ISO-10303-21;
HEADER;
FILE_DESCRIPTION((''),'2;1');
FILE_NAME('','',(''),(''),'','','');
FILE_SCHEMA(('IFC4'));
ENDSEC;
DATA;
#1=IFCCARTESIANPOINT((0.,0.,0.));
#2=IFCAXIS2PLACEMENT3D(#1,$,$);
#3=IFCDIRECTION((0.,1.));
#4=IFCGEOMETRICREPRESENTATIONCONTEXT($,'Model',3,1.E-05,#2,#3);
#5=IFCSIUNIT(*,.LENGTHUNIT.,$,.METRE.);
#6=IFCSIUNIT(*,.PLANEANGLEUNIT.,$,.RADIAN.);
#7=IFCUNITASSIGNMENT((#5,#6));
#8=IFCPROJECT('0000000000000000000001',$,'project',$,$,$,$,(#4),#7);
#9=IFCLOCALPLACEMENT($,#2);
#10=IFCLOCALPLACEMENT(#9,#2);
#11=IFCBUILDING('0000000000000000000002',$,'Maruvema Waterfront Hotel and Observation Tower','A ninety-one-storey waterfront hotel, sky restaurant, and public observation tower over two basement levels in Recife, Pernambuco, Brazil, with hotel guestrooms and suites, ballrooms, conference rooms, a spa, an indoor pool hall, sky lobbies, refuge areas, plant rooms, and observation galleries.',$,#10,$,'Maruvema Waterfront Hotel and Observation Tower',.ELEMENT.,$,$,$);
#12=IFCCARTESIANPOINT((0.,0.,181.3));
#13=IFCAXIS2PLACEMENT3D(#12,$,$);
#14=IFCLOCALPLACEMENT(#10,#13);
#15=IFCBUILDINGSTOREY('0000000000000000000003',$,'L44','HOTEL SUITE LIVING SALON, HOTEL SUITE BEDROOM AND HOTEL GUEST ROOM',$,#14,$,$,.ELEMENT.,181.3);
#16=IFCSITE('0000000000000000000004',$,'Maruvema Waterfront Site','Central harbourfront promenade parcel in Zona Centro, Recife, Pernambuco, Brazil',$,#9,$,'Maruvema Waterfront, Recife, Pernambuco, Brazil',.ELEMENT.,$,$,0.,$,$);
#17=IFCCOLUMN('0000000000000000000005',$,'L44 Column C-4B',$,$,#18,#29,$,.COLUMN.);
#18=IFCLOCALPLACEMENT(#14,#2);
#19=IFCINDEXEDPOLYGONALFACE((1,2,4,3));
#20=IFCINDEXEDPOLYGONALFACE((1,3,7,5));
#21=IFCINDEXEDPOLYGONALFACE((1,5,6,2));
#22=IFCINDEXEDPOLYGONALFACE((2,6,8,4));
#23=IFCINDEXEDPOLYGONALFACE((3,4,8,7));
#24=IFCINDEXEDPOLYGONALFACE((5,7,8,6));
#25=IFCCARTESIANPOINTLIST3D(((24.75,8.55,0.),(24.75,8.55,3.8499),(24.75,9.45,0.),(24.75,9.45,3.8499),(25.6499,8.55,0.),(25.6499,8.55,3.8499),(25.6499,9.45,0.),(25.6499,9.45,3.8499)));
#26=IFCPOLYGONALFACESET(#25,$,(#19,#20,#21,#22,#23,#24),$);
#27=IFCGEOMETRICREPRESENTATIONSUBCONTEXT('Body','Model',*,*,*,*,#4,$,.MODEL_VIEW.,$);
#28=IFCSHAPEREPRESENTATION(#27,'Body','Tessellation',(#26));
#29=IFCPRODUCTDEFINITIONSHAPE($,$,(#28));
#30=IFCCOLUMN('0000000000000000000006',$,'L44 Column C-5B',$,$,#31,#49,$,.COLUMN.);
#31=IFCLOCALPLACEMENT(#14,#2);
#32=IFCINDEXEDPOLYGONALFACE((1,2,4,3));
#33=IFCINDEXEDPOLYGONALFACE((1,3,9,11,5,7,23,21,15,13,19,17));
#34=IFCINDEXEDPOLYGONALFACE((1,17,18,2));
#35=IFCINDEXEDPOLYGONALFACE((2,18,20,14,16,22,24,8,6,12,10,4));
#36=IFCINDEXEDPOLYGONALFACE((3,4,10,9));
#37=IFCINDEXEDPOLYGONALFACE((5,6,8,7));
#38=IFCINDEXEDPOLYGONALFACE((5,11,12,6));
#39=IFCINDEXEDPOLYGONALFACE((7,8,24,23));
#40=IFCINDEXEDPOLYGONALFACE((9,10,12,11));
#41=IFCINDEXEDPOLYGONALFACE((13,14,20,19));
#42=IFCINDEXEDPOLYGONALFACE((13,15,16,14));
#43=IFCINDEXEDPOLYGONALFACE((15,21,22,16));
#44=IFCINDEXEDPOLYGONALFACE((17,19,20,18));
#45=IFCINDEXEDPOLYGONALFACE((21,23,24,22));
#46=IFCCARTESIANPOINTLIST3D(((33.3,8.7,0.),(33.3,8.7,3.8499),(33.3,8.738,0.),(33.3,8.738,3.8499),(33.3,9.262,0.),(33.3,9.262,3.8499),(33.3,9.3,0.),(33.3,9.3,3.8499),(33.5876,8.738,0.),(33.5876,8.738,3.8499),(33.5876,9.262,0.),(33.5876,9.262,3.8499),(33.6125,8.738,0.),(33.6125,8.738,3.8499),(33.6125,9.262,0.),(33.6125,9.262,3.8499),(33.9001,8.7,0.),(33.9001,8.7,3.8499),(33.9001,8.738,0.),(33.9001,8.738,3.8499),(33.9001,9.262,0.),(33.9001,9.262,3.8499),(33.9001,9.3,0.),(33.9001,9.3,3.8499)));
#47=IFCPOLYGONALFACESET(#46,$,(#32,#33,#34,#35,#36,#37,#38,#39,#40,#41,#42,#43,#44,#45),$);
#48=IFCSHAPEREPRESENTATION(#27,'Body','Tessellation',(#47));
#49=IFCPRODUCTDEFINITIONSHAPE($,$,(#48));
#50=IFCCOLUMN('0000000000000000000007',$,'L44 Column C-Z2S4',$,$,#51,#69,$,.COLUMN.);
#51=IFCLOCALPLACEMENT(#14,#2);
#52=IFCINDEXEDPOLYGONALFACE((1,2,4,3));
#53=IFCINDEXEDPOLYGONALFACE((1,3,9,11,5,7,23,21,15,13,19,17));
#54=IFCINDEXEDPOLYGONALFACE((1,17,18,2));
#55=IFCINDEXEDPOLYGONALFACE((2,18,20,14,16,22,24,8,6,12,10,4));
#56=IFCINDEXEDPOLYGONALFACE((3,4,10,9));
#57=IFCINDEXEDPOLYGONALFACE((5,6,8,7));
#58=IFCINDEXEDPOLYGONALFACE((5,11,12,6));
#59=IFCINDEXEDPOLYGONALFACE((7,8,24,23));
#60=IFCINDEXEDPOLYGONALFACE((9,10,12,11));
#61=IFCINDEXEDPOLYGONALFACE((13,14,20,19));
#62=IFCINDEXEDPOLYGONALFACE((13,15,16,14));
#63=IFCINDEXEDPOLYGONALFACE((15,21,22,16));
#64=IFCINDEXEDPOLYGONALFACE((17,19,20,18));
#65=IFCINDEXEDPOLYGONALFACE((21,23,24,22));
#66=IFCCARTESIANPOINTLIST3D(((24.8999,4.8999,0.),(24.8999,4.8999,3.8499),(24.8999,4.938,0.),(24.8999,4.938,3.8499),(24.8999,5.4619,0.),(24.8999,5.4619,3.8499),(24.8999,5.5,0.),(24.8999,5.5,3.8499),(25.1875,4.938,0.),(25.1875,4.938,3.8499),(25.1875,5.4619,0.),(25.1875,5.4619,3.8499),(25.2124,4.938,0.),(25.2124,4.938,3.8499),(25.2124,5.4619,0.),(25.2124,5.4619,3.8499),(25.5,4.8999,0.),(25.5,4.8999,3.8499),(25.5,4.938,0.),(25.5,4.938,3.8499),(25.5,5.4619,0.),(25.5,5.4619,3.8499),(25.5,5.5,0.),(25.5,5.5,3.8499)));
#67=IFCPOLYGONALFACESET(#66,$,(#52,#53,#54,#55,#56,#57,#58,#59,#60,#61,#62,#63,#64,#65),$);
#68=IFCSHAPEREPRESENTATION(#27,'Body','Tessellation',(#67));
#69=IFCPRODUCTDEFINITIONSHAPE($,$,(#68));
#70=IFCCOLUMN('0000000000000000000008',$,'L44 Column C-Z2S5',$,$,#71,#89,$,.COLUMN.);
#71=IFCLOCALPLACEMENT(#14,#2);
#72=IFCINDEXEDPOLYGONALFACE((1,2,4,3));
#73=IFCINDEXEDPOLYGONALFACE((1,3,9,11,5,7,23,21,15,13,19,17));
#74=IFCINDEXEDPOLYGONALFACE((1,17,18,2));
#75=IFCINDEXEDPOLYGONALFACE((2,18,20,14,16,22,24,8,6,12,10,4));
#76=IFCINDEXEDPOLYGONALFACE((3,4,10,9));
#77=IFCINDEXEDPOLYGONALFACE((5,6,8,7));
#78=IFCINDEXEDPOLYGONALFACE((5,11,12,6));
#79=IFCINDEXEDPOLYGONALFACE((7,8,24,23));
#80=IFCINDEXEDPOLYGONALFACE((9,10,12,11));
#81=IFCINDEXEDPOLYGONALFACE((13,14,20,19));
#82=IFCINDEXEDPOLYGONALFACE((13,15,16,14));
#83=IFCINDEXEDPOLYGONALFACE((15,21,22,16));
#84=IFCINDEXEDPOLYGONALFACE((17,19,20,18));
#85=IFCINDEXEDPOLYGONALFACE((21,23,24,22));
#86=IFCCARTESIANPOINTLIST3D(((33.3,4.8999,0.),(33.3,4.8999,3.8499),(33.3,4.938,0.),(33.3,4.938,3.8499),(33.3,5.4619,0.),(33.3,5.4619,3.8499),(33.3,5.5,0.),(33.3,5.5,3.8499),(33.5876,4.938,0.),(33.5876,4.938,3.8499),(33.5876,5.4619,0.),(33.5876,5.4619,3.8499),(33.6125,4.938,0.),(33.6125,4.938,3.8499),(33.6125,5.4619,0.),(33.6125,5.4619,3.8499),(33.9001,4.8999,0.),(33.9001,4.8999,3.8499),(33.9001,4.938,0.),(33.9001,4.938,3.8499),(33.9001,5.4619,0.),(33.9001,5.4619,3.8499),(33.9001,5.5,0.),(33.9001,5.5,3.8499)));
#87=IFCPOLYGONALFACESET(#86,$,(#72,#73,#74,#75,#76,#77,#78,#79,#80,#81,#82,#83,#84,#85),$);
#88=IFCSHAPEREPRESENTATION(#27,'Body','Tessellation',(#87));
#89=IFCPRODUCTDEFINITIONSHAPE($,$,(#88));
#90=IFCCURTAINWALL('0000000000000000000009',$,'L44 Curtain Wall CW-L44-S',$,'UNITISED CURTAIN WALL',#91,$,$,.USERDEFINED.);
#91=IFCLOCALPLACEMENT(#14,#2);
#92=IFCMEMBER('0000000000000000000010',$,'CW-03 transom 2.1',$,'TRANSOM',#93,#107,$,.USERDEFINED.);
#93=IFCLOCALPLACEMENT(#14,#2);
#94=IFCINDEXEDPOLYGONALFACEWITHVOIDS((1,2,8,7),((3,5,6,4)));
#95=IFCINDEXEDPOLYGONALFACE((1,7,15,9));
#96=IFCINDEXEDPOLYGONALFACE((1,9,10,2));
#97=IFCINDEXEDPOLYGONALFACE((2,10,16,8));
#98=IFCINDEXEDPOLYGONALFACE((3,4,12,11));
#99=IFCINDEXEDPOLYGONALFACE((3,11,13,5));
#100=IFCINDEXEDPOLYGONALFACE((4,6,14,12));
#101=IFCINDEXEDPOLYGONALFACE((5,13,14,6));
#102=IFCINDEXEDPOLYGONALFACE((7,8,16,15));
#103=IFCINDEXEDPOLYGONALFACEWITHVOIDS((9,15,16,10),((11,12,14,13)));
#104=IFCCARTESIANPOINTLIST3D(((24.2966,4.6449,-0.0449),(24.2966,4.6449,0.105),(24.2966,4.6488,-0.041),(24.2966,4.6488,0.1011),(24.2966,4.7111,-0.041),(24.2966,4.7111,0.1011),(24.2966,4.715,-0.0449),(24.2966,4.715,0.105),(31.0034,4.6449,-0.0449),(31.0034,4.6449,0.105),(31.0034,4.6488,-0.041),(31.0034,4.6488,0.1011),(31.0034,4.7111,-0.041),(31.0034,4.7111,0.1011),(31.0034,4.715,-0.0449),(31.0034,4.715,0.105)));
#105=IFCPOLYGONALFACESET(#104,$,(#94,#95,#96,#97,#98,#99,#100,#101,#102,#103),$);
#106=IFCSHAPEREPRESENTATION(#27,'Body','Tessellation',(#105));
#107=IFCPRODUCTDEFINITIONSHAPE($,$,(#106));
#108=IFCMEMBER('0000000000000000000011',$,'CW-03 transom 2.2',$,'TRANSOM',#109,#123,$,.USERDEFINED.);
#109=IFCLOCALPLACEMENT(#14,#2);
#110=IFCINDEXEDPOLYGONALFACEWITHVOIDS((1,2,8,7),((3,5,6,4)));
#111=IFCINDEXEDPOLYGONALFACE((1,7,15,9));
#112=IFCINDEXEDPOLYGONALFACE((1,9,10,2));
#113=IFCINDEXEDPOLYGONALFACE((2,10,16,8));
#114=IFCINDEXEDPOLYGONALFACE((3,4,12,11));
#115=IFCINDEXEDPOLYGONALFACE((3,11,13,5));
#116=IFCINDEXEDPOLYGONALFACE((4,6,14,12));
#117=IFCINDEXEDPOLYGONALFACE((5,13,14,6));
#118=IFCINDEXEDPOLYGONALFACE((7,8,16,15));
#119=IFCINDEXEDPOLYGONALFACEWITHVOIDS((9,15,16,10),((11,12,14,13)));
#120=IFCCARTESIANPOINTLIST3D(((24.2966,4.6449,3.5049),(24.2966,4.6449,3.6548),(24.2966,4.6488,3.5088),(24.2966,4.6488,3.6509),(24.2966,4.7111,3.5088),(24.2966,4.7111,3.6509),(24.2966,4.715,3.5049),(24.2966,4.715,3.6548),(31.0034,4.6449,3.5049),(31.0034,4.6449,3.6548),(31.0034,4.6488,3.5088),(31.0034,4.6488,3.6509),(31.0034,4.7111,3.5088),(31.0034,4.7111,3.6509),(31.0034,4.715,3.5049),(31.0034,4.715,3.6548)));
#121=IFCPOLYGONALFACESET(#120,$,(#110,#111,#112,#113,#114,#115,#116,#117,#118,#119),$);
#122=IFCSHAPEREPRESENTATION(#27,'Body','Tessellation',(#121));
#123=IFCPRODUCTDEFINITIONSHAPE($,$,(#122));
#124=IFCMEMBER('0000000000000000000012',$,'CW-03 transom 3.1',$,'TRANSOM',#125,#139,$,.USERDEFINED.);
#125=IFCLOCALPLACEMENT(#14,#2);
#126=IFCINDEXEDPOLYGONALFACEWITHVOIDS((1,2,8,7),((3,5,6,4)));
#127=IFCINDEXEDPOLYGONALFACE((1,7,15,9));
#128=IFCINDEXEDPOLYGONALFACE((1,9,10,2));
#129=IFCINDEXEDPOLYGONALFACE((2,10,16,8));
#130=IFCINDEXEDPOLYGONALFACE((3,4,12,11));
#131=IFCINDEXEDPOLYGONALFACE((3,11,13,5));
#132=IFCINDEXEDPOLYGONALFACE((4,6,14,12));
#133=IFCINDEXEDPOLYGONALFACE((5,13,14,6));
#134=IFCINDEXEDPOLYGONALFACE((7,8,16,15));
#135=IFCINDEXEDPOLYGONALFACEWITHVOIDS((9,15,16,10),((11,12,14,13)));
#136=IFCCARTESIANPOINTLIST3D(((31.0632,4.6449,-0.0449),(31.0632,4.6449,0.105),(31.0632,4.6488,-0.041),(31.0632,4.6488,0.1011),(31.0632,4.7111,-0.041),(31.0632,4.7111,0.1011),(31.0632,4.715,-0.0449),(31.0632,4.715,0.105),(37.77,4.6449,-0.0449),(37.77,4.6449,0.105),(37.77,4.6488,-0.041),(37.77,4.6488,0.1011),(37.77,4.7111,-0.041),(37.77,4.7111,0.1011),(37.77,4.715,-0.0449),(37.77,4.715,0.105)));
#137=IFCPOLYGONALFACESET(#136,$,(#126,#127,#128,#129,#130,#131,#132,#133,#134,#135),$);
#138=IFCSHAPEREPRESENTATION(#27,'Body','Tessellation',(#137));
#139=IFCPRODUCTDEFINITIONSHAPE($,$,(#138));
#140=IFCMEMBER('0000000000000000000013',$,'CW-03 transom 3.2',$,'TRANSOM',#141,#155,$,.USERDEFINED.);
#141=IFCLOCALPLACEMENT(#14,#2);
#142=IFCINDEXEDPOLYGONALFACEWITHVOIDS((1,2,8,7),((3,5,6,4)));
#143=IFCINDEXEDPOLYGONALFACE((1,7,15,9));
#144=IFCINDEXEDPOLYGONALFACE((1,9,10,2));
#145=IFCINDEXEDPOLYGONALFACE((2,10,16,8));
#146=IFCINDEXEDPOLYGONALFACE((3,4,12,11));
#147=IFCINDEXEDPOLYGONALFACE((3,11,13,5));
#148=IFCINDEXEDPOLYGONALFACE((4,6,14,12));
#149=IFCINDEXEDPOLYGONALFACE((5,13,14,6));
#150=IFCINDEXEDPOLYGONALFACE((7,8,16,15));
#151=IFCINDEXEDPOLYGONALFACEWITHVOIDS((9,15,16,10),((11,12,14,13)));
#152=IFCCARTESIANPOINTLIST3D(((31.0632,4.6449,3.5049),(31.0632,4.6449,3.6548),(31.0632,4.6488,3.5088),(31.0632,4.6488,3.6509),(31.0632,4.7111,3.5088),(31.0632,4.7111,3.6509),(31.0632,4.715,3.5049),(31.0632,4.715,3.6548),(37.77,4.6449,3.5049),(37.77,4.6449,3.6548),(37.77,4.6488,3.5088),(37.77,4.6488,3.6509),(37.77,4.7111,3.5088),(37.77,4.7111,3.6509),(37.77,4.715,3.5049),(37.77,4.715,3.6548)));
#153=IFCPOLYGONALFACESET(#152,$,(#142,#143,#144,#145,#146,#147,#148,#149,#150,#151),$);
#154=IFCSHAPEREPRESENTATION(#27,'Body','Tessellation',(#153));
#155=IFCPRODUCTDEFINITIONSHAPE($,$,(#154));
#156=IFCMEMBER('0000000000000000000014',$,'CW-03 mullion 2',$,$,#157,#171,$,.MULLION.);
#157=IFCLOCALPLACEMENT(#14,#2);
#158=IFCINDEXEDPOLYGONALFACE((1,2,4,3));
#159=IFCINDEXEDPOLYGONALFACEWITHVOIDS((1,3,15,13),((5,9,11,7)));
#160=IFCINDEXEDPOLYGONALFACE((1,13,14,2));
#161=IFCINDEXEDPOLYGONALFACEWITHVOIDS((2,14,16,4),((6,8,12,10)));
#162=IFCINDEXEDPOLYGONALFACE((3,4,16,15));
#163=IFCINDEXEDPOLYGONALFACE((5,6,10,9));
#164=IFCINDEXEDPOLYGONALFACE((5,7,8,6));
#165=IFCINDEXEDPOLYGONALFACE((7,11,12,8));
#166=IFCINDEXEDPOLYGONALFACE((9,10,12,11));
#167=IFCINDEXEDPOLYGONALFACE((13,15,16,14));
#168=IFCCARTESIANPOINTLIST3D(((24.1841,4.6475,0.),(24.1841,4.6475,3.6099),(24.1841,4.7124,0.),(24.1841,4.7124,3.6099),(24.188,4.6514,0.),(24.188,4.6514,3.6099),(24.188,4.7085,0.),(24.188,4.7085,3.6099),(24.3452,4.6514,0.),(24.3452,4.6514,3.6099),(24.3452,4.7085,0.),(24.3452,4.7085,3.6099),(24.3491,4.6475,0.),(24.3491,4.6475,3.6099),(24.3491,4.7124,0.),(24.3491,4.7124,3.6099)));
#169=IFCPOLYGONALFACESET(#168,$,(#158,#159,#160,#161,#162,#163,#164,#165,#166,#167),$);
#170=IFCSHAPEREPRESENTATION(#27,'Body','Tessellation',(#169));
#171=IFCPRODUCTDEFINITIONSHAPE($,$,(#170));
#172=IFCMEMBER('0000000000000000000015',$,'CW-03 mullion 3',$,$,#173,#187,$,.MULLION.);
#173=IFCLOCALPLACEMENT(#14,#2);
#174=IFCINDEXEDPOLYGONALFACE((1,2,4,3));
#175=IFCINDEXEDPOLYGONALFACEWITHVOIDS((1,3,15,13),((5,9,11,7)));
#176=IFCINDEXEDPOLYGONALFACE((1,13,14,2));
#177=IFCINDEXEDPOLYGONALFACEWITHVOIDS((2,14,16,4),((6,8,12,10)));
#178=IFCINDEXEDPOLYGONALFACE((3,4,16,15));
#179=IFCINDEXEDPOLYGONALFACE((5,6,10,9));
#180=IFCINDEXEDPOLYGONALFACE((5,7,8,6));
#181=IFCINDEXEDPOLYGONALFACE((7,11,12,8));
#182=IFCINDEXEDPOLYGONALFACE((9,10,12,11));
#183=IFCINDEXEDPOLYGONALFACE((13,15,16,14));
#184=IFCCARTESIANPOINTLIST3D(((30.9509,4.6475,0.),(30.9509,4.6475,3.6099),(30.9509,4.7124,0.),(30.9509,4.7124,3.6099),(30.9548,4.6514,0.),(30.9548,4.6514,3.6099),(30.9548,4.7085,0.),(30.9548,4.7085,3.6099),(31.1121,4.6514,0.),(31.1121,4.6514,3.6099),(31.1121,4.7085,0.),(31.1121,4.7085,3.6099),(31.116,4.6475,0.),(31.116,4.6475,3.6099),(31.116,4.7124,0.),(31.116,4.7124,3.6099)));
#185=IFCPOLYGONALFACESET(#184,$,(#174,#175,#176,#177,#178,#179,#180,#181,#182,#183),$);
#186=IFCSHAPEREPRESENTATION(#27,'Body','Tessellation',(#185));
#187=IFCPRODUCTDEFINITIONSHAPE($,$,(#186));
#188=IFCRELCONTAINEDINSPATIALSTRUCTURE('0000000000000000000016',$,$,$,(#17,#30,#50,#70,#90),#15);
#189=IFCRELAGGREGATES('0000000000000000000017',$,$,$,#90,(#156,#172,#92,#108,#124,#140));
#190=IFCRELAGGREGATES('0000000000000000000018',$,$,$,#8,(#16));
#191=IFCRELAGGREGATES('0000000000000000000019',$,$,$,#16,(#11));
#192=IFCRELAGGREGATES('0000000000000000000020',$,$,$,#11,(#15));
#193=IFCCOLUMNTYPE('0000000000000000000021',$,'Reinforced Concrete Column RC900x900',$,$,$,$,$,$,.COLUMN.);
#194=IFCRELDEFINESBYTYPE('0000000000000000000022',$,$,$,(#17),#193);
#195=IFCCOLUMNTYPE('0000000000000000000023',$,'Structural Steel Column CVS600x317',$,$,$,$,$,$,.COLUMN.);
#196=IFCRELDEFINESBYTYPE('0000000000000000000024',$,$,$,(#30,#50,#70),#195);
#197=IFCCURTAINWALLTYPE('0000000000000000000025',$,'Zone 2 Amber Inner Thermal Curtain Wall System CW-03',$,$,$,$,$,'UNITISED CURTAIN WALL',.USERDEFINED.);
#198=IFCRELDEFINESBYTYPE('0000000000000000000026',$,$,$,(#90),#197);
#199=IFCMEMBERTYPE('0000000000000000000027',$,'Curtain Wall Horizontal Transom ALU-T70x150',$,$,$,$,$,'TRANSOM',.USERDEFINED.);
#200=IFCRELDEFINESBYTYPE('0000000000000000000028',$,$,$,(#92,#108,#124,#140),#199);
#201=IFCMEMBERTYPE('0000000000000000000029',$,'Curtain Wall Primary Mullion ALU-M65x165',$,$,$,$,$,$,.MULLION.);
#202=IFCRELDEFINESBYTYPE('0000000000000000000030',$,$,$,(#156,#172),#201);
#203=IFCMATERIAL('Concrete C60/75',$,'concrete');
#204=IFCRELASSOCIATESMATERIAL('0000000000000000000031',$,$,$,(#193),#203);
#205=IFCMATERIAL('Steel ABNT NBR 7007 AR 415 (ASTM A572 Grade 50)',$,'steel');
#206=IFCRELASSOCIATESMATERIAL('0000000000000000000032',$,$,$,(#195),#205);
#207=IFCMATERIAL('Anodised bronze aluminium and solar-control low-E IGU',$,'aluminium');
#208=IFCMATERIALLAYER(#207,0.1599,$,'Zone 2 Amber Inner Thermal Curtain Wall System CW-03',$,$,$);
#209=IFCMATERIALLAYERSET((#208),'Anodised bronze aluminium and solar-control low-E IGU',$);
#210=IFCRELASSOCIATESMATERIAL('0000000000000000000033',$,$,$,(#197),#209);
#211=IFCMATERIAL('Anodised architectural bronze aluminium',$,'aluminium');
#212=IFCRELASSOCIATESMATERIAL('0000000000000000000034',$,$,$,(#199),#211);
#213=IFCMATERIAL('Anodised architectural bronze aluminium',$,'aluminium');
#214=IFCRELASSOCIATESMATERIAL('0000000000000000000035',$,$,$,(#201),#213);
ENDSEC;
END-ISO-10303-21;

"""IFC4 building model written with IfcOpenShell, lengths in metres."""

from ifc_helpers import new_model, si_unit, direction, frame, origin, origin_2d, place, context, subcontext, project, spatial, rectangle, hollow_rectangle, i_section, extrude, material, layer, layer_set, material_profile, profile_set, type_object, element, aggregate, save


model = new_model("IFC4")

# Units and contexts
model_context = context("Model", 3, precision=1e-05, world=origin(), true_north=direction((0.0, 1.0)))
body_context = subcontext(model_context, "Body", "Model", "MODEL_VIEW")
ifc_project = project(units=[si_unit("LENGTHUNIT", "METRE"), si_unit("PLANEANGLEUNIT", "RADIAN")], contexts=[model_context])

# Site, building, storey
site_placement = place(None, origin())
site = spatial("IfcSite", under=ifc_project, at=site_placement, Name="Maruvema Waterfront Site", Description="Central harbourfront promenade parcel in Zona Centro, Recife, Pernambuco, Brazil", LongName="Maruvema Waterfront, Recife, Pernambuco, Brazil", CompositionType="ELEMENT", RefElevation=0.0)
building_placement = place(site_placement, origin())
building = spatial("IfcBuilding", under=site, at=building_placement, Name="Maruvema Waterfront Hotel and Observation Tower", Description="A ninety-one-storey waterfront hotel, sky restaurant, and public observation tower over two basement levels in Recife, Pernambuco, Brazil, with hotel guestrooms and suites, ballrooms, conference rooms, a spa, an indoor pool hall, sky lobbies, refuge areas, plant rooms, and observation galleries.", LongName="Maruvema Waterfront Hotel and Observation Tower", CompositionType="ELEMENT")
storey_placement = place(building_placement, frame((0.0, 0.0, 181.3)))
storey = spatial("IfcBuildingStorey", under=building, at=storey_placement, Name="L44", Description="HOTEL SUITE LIVING SALON, HOTEL SUITE BEDROOM AND HOTEL GUEST ROOM", CompositionType="ELEMENT", Elevation=181.3)

# Columns
ifc_material_1 = material(Name="Concrete C60/75", Category="concrete")
ifc_material_profile_1 = material_profile(ifc_material_1, rectangle(XDim=0.8999, YDim=0.8999, at=origin_2d()), Name="RC900x900")
ifc_profile_set_1 = profile_set([ifc_material_profile_1], Name="Concrete C60/75")
column_type_1 = type_object("IfcColumnType", Name="Reinforced Concrete Column RC900x900", PredefinedType="COLUMN", material=ifc_profile_set_1)
column_placement = place(storey_placement, frame((25.2, 9.0, 0.0), z_axis=(0.0, 0.0, 1.0), x_axis=(1.0, 0.0, 0.0)))
element("IfcColumn", 1, at=column_placement, inside=storey, type_object=column_type_1, Name="L44 Column C-4B", PredefinedType="COLUMN", context=body_context, shape_type="SweptSolid", body=[
    extrude(rectangle(XDim=0.8999, YDim=0.8999, at=origin_2d()), origin(), (0.0, 0.0, 1.0), 3.8499),
])
ifc_material_2 = material(Name="Steel ABNT NBR 7007 AR 415 (ASTM A572 Grade 50)", Category="steel")
ifc_material_profile_2 = material_profile(ifc_material_2, i_section(OverallWidth=0.6001, OverallDepth=0.6001, WebThickness=0.0249, FlangeThickness=0.0381, at=origin_2d()), Name="CVS600x317")
ifc_profile_set_2 = profile_set([ifc_material_profile_2], Name="Steel ABNT NBR 7007 AR 415 (ASTM A572 Grade 50)")
column_type_2 = type_object("IfcColumnType", Name="Structural Steel Column CVS600x317", PredefinedType="COLUMN", material=ifc_profile_set_2)
for number, where, z_axis, x_axis, name in (
    (2, (33.6001, 9.0, 0.0), (0.0, 0.0, 1.0), (1.0, 0.0, 0.0), "L44 Column C-5B"),
    (3, (25.2, 5.2, 0.0), (0.0, 0.0, 1.0), (1.0, 0.0, 0.0), "L44 Column C-Z2S4"),
    (4, (33.6001, 5.2, 0.0), (0.0, 0.0, 1.0), (1.0, 0.0, 0.0), "L44 Column C-Z2S5"),
):
    element("IfcColumn", number, at=place(storey_placement, frame(where, z_axis=z_axis, x_axis=x_axis)), inside=storey, type_object=column_type_2, Name=name, PredefinedType="COLUMN", context=body_context, shape_type="SweptSolid", body=[
        extrude(i_section(OverallWidth=0.6001, OverallDepth=0.6001, WebThickness=0.0249, FlangeThickness=0.0381, at=origin_2d()), origin(), (0.0, 0.0, 1.0), 3.8499),
    ])

# Curtain wall, members
ifc_material_3 = material(Name="Anodised bronze aluminium and solar-control low-E IGU", Category="aluminium")
ifc_layer_1 = layer(ifc_material_3, 0.1599, Name="Zone 2 Amber Inner Thermal Curtain Wall System CW-03")
ifc_layer_set_1 = layer_set([ifc_layer_1], Name="Anodised bronze aluminium and solar-control low-E IGU")
curtain_wall_type = type_object("IfcCurtainWallType", Name="Zone 2 Amber Inner Thermal Curtain Wall System CW-03", ElementType="UNITISED CURTAIN WALL", PredefinedType="USERDEFINED", material=ifc_layer_set_1)
curtain_wall_placement = place(storey_placement, origin())
curtain_wall = element("IfcCurtainWall", 5, at=curtain_wall_placement, inside=storey, type_object=curtain_wall_type, Name="L44 Curtain Wall CW-L44-S", ObjectType="UNITISED CURTAIN WALL", PredefinedType="USERDEFINED")
ifc_material_4 = material(Name="Anodised architectural bronze aluminium", Category="aluminium")
ifc_material_profile_3 = material_profile(ifc_material_4, hollow_rectangle(XDim=0.0701, YDim=0.1499, WallThickness=0.0039, at=origin_2d()), Name="ALU-T70x150")
ifc_profile_set_3 = profile_set([ifc_material_profile_3], Name="Anodised architectural bronze aluminium")
member_type_1 = type_object("IfcMemberType", Name="Curtain Wall Horizontal Transom ALU-T70x150", ElementType="TRANSOM", PredefinedType="USERDEFINED", material=ifc_profile_set_3)
member_1_placement = place(storey_placement, frame((24.2966, 4.6799, 0.03), z_axis=(1.0, 0.0, 0.0), x_axis=(0.0, 1.0, 0.0)))
member_1 = element("IfcMember", 6, at=member_1_placement, type_object=member_type_1, Name="CW-03 transom 2.1", ObjectType="TRANSOM", PredefinedType="USERDEFINED", context=body_context, shape_type="SweptSolid", body=[
    extrude(hollow_rectangle(XDim=0.0701, YDim=0.1499, WallThickness=0.0039, at=origin_2d()), origin(), (0.0, 0.0, 1.0), 6.7068),
])
member_2_placement = place(storey_placement, frame((24.2966, 4.6799, 3.5798), z_axis=(1.0, 0.0, 0.0), x_axis=(0.0, 1.0, 0.0)))
member_2 = element("IfcMember", 7, at=member_2_placement, type_object=member_type_1, Name="CW-03 transom 2.2", ObjectType="TRANSOM", PredefinedType="USERDEFINED", context=body_context, shape_type="SweptSolid", body=[
    extrude(hollow_rectangle(XDim=0.0701, YDim=0.1499, WallThickness=0.0039, at=origin_2d()), origin(), (0.0, 0.0, 1.0), 6.7068),
])
member_3_placement = place(storey_placement, frame((31.0632, 4.6799, 0.03), z_axis=(1.0, 0.0, 0.0), x_axis=(0.0, 1.0, 0.0)))
member_3 = element("IfcMember", 8, at=member_3_placement, type_object=member_type_1, Name="CW-03 transom 3.1", ObjectType="TRANSOM", PredefinedType="USERDEFINED", context=body_context, shape_type="SweptSolid", body=[
    extrude(hollow_rectangle(XDim=0.0701, YDim=0.1499, WallThickness=0.0039, at=origin_2d()), origin(), (0.0, 0.0, 1.0), 6.7068),
])
member_4_placement = place(storey_placement, frame((31.0632, 4.6799, 3.5798), z_axis=(1.0, 0.0, 0.0), x_axis=(0.0, 1.0, 0.0)))
member_4 = element("IfcMember", 9, at=member_4_placement, type_object=member_type_1, Name="CW-03 transom 3.2", ObjectType="TRANSOM", PredefinedType="USERDEFINED", context=body_context, shape_type="SweptSolid", body=[
    extrude(hollow_rectangle(XDim=0.0701, YDim=0.1499, WallThickness=0.0039, at=origin_2d()), origin(), (0.0, 0.0, 1.0), 6.7068),
])
ifc_material_5 = material(Name="Anodised architectural bronze aluminium", Category="aluminium")
ifc_material_profile_4 = material_profile(ifc_material_5, hollow_rectangle(XDim=0.0649, YDim=0.165, WallThickness=0.0039, at=origin_2d()), Name="ALU-M65x165")
ifc_profile_set_4 = profile_set([ifc_material_profile_4], Name="Anodised architectural bronze aluminium")
member_type_2 = type_object("IfcMemberType", Name="Curtain Wall Primary Mullion ALU-M65x165", PredefinedType="MULLION", material=ifc_profile_set_4)
member_5_placement = place(storey_placement, frame((24.2666, 4.6799, 0.0), z_axis=(0.0, 0.0, 1.0), x_axis=(0.0, 1.0, 0.0)))
member_5 = element("IfcMember", 10, at=member_5_placement, type_object=member_type_2, Name="CW-03 mullion 2", PredefinedType="MULLION", context=body_context, shape_type="SweptSolid", body=[
    extrude(hollow_rectangle(XDim=0.0649, YDim=0.165, WallThickness=0.0039, at=origin_2d()), origin(), (0.0, 0.0, 1.0), 3.6099),
])
member_6_placement = place(storey_placement, frame((31.0334, 4.6799, 0.0), z_axis=(0.0, 0.0, 1.0), x_axis=(0.0, 1.0, 0.0)))
member_6 = element("IfcMember", 11, at=member_6_placement, type_object=member_type_2, Name="CW-03 mullion 3", PredefinedType="MULLION", context=body_context, shape_type="SweptSolid", body=[
    extrude(hollow_rectangle(XDim=0.0649, YDim=0.165, WallThickness=0.0039, at=origin_2d()), origin(), (0.0, 0.0, 1.0), 3.6099),
])

aggregate(curtain_wall, [member_5, member_6, member_1, member_2, member_3, member_4])

save(model, "model.ifc")
